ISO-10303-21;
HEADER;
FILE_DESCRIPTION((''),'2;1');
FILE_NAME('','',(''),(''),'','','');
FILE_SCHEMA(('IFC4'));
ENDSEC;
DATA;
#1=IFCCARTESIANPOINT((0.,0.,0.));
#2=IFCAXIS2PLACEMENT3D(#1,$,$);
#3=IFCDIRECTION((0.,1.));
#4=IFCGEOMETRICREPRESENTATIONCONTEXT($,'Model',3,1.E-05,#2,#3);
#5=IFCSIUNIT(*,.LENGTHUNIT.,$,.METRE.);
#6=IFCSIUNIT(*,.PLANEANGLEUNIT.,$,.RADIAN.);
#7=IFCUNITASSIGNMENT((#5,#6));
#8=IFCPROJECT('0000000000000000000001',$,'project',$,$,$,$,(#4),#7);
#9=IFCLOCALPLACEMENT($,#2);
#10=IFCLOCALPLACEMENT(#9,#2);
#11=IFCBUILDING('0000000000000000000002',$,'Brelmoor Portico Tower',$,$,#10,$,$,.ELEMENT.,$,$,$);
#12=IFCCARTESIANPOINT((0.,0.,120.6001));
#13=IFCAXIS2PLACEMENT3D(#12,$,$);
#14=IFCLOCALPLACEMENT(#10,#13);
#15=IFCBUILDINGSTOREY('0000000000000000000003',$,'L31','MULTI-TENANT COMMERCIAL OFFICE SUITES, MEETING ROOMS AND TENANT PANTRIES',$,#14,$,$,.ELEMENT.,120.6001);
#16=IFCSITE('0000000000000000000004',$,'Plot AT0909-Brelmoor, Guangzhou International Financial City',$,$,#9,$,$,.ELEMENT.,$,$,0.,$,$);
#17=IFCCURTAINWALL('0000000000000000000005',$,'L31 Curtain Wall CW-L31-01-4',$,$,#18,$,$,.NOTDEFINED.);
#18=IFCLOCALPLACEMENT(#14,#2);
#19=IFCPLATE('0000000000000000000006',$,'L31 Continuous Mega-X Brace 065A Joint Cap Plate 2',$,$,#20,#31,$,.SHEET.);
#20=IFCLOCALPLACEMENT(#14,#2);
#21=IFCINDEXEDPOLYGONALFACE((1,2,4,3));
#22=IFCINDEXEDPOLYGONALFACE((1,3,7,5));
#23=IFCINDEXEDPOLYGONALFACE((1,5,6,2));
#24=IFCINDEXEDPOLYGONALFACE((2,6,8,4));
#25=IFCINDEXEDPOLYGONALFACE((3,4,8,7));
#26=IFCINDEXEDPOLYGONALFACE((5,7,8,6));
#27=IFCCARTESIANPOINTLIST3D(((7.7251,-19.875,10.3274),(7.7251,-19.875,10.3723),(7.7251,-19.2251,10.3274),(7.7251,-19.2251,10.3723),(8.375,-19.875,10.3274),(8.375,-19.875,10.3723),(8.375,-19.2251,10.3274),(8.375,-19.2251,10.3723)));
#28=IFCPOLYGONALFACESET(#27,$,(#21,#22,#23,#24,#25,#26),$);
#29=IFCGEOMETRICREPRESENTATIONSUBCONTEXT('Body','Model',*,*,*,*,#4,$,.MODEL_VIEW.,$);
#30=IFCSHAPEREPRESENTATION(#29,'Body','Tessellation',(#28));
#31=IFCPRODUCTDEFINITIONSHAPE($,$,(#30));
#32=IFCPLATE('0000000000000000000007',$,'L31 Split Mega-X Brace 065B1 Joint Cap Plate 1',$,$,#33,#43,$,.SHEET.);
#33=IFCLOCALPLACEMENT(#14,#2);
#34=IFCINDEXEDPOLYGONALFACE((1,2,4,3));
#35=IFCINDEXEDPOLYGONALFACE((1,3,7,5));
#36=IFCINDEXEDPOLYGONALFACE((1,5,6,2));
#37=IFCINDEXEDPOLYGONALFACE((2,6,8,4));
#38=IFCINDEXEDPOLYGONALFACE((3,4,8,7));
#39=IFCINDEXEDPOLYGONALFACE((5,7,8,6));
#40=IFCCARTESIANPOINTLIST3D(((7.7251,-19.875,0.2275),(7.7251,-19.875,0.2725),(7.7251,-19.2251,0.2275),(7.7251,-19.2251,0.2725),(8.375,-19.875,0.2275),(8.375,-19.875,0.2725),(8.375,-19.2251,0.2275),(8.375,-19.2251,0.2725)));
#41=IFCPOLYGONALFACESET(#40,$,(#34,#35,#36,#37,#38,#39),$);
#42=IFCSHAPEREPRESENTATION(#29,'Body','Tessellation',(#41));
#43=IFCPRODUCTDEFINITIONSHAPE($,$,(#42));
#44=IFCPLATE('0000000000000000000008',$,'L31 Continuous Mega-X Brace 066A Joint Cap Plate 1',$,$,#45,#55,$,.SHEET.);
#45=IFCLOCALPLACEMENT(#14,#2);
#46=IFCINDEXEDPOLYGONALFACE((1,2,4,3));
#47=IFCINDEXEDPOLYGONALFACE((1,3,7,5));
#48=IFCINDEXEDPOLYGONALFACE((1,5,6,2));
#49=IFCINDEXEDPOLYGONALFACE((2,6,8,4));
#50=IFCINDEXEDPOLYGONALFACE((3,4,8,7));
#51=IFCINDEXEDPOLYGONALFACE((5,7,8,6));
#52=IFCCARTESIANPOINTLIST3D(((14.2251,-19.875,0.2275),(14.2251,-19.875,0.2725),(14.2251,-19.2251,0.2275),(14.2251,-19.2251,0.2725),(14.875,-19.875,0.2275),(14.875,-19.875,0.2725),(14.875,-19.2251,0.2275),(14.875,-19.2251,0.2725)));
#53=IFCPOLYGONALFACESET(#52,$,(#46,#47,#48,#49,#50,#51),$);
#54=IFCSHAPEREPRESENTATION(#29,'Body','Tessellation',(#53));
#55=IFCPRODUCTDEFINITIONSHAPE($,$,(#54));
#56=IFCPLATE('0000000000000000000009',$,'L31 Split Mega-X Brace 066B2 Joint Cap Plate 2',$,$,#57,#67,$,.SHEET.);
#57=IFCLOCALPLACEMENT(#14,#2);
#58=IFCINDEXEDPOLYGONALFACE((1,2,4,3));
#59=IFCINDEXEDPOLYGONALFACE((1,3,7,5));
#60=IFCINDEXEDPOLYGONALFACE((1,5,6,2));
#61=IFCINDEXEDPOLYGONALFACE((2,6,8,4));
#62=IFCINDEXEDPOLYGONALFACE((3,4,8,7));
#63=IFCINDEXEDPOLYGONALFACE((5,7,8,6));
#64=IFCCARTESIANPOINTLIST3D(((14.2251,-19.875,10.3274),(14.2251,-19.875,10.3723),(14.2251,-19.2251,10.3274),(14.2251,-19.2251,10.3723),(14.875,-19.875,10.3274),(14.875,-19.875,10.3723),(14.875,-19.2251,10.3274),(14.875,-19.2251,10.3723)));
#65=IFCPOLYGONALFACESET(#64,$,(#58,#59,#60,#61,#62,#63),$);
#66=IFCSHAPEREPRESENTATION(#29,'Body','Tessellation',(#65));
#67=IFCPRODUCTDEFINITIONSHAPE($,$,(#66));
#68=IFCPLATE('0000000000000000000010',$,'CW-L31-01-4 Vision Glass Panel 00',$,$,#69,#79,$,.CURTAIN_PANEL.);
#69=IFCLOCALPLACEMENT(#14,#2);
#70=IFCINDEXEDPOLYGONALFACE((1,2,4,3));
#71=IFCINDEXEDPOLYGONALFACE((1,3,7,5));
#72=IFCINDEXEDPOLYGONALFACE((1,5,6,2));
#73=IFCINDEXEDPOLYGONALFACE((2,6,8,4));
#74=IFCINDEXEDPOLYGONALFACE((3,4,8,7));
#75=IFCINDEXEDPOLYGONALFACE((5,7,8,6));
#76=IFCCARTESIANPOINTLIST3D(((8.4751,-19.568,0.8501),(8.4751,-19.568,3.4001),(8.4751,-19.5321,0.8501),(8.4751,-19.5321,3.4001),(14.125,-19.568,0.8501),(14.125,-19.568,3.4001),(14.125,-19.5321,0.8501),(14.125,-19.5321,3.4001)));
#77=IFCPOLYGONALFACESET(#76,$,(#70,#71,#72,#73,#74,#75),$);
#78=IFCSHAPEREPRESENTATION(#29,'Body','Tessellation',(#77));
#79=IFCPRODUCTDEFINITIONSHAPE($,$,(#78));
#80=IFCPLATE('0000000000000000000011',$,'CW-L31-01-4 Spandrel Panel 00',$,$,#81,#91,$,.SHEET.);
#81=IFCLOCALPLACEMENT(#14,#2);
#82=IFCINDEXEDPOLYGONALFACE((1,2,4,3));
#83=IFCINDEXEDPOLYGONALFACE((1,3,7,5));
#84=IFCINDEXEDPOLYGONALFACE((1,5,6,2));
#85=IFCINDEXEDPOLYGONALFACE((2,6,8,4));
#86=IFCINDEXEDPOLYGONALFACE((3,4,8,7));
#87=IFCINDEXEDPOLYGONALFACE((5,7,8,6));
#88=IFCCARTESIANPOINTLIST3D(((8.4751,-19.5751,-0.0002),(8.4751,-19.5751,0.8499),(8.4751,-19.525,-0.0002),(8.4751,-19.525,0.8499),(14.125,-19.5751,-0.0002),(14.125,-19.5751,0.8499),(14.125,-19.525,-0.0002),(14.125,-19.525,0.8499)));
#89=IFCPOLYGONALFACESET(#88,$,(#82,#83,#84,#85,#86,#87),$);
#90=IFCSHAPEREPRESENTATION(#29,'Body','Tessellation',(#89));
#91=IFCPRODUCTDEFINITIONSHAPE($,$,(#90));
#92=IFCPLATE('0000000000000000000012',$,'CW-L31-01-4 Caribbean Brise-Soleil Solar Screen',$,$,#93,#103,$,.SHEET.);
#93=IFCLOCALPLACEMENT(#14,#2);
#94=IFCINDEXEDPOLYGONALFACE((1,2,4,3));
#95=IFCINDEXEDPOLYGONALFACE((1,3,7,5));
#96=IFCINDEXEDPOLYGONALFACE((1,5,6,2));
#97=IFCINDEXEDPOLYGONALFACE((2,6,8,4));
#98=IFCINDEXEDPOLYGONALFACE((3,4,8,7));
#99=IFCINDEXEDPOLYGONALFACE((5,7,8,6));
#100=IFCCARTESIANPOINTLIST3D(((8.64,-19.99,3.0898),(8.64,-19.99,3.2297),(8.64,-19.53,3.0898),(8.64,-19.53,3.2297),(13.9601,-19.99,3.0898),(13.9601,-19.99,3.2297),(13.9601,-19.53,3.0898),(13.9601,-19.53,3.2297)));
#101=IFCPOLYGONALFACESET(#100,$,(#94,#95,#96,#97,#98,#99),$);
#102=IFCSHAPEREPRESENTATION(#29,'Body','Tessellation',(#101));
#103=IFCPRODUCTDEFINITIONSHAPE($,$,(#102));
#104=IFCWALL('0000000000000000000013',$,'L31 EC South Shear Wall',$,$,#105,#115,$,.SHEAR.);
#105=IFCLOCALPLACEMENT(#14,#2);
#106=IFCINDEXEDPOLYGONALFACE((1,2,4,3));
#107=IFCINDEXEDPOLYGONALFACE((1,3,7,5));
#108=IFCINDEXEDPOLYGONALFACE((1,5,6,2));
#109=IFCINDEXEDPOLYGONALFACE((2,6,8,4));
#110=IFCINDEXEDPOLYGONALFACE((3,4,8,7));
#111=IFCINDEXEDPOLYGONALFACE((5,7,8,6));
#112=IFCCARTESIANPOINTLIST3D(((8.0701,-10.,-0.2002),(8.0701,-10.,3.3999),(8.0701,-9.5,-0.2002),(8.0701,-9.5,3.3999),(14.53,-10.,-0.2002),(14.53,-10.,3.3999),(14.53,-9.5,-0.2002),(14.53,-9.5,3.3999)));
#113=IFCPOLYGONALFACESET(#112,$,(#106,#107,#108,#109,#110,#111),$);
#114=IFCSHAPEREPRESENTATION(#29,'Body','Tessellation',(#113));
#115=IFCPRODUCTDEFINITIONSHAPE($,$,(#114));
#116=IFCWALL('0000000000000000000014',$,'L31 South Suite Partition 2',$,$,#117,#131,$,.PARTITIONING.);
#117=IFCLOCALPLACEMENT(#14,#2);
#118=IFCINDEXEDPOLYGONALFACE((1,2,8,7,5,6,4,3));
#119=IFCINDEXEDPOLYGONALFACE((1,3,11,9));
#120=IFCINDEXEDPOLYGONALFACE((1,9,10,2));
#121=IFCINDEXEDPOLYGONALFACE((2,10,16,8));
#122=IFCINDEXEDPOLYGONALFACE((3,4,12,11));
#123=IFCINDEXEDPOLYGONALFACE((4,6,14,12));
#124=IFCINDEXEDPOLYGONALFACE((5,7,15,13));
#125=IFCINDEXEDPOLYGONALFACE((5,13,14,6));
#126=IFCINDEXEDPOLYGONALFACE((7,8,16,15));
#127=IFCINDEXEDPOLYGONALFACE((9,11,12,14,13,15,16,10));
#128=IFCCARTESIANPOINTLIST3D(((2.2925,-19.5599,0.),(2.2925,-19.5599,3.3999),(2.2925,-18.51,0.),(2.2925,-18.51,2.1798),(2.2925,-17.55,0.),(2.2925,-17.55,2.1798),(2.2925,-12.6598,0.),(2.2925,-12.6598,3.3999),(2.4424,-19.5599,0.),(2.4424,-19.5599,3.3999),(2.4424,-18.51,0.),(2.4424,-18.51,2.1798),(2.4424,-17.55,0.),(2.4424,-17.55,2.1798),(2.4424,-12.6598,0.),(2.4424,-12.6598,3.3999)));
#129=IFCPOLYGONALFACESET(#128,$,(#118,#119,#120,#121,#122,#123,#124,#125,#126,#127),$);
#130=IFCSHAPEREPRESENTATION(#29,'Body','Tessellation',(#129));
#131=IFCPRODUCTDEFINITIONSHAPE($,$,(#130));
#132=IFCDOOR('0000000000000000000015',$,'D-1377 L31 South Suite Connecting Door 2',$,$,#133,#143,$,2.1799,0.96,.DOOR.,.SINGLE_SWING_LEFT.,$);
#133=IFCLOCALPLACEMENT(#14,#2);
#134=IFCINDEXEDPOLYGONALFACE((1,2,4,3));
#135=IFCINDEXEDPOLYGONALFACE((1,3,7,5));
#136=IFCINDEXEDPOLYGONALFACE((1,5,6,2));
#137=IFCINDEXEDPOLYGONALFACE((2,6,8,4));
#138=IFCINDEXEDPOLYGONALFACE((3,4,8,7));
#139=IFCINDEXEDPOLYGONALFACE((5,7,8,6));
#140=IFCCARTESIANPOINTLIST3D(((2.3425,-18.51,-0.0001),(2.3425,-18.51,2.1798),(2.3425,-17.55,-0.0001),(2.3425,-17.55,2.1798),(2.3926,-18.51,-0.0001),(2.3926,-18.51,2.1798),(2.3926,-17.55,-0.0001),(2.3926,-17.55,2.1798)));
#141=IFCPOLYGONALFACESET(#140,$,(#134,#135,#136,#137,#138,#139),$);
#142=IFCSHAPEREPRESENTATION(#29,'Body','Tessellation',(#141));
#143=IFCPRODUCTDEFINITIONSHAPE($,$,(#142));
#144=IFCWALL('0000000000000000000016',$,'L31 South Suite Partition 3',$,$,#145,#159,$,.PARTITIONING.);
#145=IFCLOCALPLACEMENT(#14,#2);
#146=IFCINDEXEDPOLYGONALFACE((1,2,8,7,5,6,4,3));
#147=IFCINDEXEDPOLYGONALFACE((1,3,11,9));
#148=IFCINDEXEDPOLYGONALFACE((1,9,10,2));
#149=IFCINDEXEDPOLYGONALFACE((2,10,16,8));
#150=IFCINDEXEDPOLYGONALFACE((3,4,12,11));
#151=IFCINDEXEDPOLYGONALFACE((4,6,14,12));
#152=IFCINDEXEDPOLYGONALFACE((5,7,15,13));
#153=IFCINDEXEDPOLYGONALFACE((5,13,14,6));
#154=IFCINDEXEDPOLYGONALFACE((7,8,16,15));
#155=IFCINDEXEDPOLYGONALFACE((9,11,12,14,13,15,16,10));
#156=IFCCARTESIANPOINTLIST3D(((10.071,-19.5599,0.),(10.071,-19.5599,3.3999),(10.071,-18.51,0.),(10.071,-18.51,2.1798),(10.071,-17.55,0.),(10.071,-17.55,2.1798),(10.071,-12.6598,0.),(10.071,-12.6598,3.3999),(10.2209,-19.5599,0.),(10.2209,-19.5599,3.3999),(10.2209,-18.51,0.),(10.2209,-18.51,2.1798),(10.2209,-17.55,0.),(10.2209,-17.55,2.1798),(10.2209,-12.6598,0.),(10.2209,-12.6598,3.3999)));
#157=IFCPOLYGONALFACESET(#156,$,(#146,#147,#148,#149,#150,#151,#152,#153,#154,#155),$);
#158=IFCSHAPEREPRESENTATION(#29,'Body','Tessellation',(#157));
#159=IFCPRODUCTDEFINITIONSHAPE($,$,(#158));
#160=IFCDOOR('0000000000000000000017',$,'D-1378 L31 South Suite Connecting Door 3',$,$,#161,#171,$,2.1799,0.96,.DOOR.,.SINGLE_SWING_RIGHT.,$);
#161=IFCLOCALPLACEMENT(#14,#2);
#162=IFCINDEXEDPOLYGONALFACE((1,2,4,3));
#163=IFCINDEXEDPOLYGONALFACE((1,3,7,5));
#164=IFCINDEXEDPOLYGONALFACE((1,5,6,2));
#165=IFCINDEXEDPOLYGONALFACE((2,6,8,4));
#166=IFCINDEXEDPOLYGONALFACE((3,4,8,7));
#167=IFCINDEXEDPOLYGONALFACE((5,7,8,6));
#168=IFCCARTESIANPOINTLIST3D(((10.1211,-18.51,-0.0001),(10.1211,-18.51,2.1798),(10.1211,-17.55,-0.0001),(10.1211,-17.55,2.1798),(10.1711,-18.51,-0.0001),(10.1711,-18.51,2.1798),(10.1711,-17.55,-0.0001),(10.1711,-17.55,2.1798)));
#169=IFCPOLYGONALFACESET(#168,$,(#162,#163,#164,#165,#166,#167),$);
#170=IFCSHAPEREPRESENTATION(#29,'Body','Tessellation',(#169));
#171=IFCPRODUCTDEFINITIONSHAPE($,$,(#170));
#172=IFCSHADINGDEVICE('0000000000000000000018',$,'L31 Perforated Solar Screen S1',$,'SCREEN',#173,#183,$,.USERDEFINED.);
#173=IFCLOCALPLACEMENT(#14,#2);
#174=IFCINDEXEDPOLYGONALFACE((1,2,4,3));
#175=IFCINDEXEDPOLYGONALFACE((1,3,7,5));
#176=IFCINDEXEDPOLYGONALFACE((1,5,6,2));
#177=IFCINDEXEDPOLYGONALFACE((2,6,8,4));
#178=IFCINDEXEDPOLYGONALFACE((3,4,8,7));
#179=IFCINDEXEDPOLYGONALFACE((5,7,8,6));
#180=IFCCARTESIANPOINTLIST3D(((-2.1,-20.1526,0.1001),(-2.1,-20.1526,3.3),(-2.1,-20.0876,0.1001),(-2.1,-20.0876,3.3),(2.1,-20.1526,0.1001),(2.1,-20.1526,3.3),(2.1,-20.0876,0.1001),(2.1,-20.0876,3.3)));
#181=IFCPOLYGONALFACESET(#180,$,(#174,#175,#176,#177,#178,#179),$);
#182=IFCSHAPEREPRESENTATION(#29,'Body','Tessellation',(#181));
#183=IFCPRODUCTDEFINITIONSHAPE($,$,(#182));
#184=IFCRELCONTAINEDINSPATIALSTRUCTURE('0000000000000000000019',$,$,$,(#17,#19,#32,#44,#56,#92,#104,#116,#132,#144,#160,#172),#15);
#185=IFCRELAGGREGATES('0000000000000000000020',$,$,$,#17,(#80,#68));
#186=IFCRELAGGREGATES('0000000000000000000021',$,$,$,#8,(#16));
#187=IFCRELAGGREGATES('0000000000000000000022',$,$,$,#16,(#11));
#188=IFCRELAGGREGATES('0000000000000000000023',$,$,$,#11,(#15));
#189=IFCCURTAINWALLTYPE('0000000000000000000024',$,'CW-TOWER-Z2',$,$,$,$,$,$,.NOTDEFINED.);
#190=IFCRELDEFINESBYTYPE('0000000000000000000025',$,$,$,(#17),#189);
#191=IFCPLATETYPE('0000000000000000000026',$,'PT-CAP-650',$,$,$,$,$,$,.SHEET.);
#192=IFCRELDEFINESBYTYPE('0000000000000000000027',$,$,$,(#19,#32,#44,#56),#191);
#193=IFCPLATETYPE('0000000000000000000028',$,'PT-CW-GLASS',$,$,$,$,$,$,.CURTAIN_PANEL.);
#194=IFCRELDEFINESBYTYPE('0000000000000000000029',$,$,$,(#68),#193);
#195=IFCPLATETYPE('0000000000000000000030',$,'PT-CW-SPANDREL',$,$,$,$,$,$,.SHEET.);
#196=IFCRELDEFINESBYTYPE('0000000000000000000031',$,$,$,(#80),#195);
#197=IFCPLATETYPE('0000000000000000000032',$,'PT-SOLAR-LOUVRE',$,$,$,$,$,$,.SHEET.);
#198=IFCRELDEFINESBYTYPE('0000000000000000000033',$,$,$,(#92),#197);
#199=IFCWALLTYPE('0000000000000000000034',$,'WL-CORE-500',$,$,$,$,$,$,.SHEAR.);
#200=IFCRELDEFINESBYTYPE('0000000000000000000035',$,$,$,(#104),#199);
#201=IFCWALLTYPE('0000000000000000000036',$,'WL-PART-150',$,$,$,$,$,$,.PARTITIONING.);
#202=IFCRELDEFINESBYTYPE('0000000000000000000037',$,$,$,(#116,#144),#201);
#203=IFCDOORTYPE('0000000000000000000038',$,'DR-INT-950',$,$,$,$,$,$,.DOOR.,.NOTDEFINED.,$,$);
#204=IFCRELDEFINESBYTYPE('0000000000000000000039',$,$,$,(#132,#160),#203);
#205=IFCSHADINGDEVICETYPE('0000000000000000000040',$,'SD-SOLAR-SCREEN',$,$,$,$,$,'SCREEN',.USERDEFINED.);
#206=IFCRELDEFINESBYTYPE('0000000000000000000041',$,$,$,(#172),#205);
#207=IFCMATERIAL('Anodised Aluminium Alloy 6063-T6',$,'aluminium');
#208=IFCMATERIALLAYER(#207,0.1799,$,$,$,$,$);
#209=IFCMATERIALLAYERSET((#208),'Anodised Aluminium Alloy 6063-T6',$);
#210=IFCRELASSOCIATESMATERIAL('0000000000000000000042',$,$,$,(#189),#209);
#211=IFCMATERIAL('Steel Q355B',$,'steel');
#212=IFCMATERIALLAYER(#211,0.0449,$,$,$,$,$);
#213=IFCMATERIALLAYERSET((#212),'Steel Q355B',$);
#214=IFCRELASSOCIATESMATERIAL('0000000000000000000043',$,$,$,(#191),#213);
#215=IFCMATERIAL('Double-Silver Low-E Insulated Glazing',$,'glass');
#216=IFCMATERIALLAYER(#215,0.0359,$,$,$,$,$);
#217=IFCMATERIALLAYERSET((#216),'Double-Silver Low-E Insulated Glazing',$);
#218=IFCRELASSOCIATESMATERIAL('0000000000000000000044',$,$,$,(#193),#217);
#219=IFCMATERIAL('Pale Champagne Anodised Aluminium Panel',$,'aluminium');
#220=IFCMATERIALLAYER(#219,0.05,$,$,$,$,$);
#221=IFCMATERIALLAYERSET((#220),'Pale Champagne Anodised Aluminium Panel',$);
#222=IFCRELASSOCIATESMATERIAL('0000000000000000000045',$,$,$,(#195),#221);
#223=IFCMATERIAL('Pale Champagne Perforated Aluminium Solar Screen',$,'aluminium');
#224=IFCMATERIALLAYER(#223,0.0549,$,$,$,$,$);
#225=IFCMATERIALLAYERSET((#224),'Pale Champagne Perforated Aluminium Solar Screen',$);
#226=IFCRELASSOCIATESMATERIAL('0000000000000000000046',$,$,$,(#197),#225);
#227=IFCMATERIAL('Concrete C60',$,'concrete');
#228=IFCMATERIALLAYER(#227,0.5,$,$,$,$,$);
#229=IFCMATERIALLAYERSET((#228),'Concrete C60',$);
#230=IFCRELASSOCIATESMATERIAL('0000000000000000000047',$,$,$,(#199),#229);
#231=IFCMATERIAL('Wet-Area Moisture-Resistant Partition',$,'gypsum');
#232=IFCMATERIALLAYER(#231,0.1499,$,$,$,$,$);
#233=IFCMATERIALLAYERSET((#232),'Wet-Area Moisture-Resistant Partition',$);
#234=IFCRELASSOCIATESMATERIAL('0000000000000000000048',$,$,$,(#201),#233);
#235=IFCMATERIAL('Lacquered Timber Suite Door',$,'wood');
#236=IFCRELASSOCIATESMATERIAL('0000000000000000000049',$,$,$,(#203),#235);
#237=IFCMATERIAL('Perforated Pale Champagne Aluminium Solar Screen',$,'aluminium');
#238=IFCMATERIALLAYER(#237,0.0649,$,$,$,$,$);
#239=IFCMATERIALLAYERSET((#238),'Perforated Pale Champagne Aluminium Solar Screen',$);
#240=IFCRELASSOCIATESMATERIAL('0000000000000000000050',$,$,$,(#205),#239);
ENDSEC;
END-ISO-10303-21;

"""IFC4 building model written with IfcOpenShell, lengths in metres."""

from ifc_helpers import new_model, si_unit, direction, frame, frame_2d, origin, origin_2d, place, context, subcontext, project, spatial, rectangle, extrude, material, layer, layer_set, type_object, element, fill, aggregate, save


model = new_model("IFC4")

# Units and contexts
model_context = context("Model", 3, precision=1e-05, world=origin(), true_north=direction((0.0, 1.0)))
body_context = subcontext(model_context, "Body", "Model", "MODEL_VIEW")
ifc_project = project(units=[si_unit("LENGTHUNIT", "METRE"), si_unit("PLANEANGLEUNIT", "RADIAN")], contexts=[model_context])

# Site, building, storey
site_placement = place(None, origin())
site = spatial("IfcSite", under=ifc_project, at=site_placement, Name="Plot AT0909-Brelmoor, Guangzhou International Financial City", CompositionType="ELEMENT", RefElevation=0.0)
building_placement = place(site_placement, origin())
building = spatial("IfcBuilding", under=site, at=building_placement, Name="Brelmoor Portico Tower", CompositionType="ELEMENT")
storey_placement = place(building_placement, frame((0.0, 0.0, 120.6001)))
storey = spatial("IfcBuildingStorey", under=building, at=storey_placement, Name="L31", Description="MULTI-TENANT COMMERCIAL OFFICE SUITES, MEETING ROOMS AND TENANT PANTRIES", CompositionType="ELEMENT", Elevation=120.6001)

# Shared definitions
ifc_material_1 = material(Name="Steel Q355B", Category="steel")

# Shared definitions
ifc_material_2 = material(Name="Anodised Aluminium Alloy 6063-T6", Category="aluminium")

# Curtain wall
ifc_layer_1 = layer(ifc_material_2, 0.1799)
ifc_layer_set_1 = layer_set([ifc_layer_1], Name="Anodised Aluminium Alloy 6063-T6")
curtain_wall_type_1 = type_object("IfcCurtainWallType", Name="CW-TOWER-Z2", PredefinedType="NOTDEFINED", material=ifc_layer_set_1)
curtain_wall_1_placement = place(storey_placement, origin())
curtain_wall_1 = element("IfcCurtainWall", 1, at=curtain_wall_1_placement, inside=storey, type_object=curtain_wall_type_1, Name="L31 Curtain Wall CW-L31-01-4", PredefinedType="NOTDEFINED")

# Plates
ifc_layer_2 = layer(ifc_material_1, 0.0449)
ifc_layer_set_2 = layer_set([ifc_layer_2], Name="Steel Q355B")
plate_type_1 = type_object("IfcPlateType", Name="PT-CAP-650", PredefinedType="SHEET", material=ifc_layer_set_2)
for number, where, z_axis, x_axis, name in (
    (2, (8.05, -19.55, 10.3274), (0.0, 0.0, 1.0), (1.0, 0.0, 0.0), "L31 Continuous Mega-X Brace 065A Joint Cap Plate 2"),
    (3, (8.05, -19.55, 0.2275), (0.0, 0.0, 1.0), (1.0, 0.0, 0.0), "L31 Split Mega-X Brace 065B1 Joint Cap Plate 1"),
    (4, (14.55, -19.55, 0.2275), (0.0, 0.0, 1.0), (1.0, 0.0, 0.0), "L31 Continuous Mega-X Brace 066A Joint Cap Plate 1"),
    (5, (14.55, -19.55, 10.3274), (0.0, 0.0, 1.0), (1.0, 0.0, 0.0), "L31 Split Mega-X Brace 066B2 Joint Cap Plate 2"),
):
    element("IfcPlate", number, at=place(storey_placement, frame(where, z_axis=z_axis, x_axis=x_axis)), inside=storey, type_object=plate_type_1, Name=name, PredefinedType="SHEET", context=body_context, shape_type="SweptSolid", body=[
        extrude(rectangle(XDim=0.6499, YDim=0.6499, at=origin_2d()), origin(), (0.0, 0.0, 1.0), 0.0449),
    ])

# Plates
ifc_material_3 = material(Name="Double-Silver Low-E Insulated Glazing", Category="glass")
ifc_layer_3 = layer(ifc_material_3, 0.0359)
ifc_layer_set_3 = layer_set([ifc_layer_3], Name="Double-Silver Low-E Insulated Glazing")
plate_type_2 = type_object("IfcPlateType", Name="PT-CW-GLASS", PredefinedType="CURTAIN_PANEL", material=ifc_layer_set_3)
plate_1_placement = place(storey_placement, frame((11.3, -19.55, 0.8501), z_axis=(0.0, 0.0, 1.0), x_axis=(1.0, 0.0, 0.0)))
plate_1 = element("IfcPlate", 6, at=plate_1_placement, type_object=plate_type_2, Name="CW-L31-01-4 Vision Glass Panel 00", PredefinedType="CURTAIN_PANEL", context=body_context, shape_type="SweptSolid", body=[
    extrude(rectangle(XDim=5.6499, YDim=0.0359, at=origin_2d()), origin(), (0.0, 0.0, 1.0), 2.55),
])
ifc_material_4 = material(Name="Pale Champagne Anodised Aluminium Panel", Category="aluminium")
ifc_layer_4 = layer(ifc_material_4, 0.05)
ifc_layer_set_4 = layer_set([ifc_layer_4], Name="Pale Champagne Anodised Aluminium Panel")
plate_type_3 = type_object("IfcPlateType", Name="PT-CW-SPANDREL", PredefinedType="SHEET", material=ifc_layer_set_4)
plate_2_placement = place(storey_placement, frame((11.3, -19.55, -0.0002), z_axis=(0.0, 0.0, 1.0), x_axis=(1.0, 0.0, 0.0)))
plate_2 = element("IfcPlate", 7, at=plate_2_placement, type_object=plate_type_3, Name="CW-L31-01-4 Spandrel Panel 00", PredefinedType="SHEET", context=body_context, shape_type="SweptSolid", body=[
    extrude(rectangle(XDim=5.6499, YDim=0.05, at=origin_2d()), origin(), (0.0, 0.0, 1.0), 0.8501),
])
aggregate(curtain_wall_1, [plate_2, plate_1])
ifc_material_5 = material(Name="Pale Champagne Perforated Aluminium Solar Screen", Category="aluminium")
ifc_layer_5 = layer(ifc_material_5, 0.0549)
ifc_layer_set_5 = layer_set([ifc_layer_5], Name="Pale Champagne Perforated Aluminium Solar Screen")
plate_type_4 = type_object("IfcPlateType", Name="PT-SOLAR-LOUVRE", PredefinedType="SHEET", material=ifc_layer_set_5)
plate_3_placement = place(storey_placement, frame((11.3, -19.76, 3.0898), z_axis=(0.0, 0.0, 1.0), x_axis=(1.0, 0.0, 0.0)))
element("IfcPlate", 8, at=plate_3_placement, inside=storey, type_object=plate_type_4, Name="CW-L31-01-4 Caribbean Brise-Soleil Solar Screen", PredefinedType="SHEET", context=body_context, shape_type="SweptSolid", body=[
    extrude(rectangle(XDim=5.3201, YDim=0.46, at=origin_2d()), origin(), (0.0, 0.0, 1.0), 0.1399),
])

# Wall
ifc_material_6 = material(Name="Concrete C60", Category="concrete")
ifc_layer_6 = layer(ifc_material_6, 0.5)
ifc_layer_set_6 = layer_set([ifc_layer_6], Name="Concrete C60")
wall_type_1 = type_object("IfcWallType", Name="WL-CORE-500", PredefinedType="SHEAR", material=ifc_layer_set_6)
wall_1_placement = place(storey_placement, frame((8.0701, -9.75, -0.2002), z_axis=(0.0, 0.0, 1.0), x_axis=(1.0, 0.0, 0.0)))
element("IfcWall", 9, at=wall_1_placement, inside=storey, type_object=wall_type_1, Name="L31 EC South Shear Wall", PredefinedType="SHEAR", context=body_context, shape_type="SweptSolid", body=[
    extrude(rectangle(XDim=6.46, YDim=0.5, at=frame_2d((3.23, 0.0))), origin(), (0.0, 0.0, 1.0), 3.6001),
])

# Walls, openings, doors
ifc_material_7 = material(Name="Wet-Area Moisture-Resistant Partition", Category="gypsum")
ifc_layer_7 = layer(ifc_material_7, 0.1499)
ifc_layer_set_7 = layer_set([ifc_layer_7], Name="Wet-Area Moisture-Resistant Partition")
wall_type_2 = type_object("IfcWallType", Name="WL-PART-150", PredefinedType="PARTITIONING", material=ifc_layer_set_7)
wall_2_placement = place(storey_placement, frame((2.3674, -19.5601, 0.0), z_axis=(0.0, 0.0, 1.0), x_axis=(0.0, 1.0, 0.0)))
wall_2 = element("IfcWall", 10, at=wall_2_placement, inside=storey, type_object=wall_type_2, Name="L31 South Suite Partition 2", PredefinedType="PARTITIONING", context=body_context, shape_type="SweptSolid", body=[
    extrude(rectangle(XDim=6.9001, YDim=0.1499, at=frame_2d((3.4502, 0.0))), origin(), (0.0, 0.0, 1.0), 3.3999),
])
opening_1_placement = place(wall_2_placement, frame((1.05, 0.0, 0.0)))
opening_1 = element("IfcOpeningElement", 11, at=opening_1_placement, cuts=wall_2, PredefinedType="OPENING", context=body_context, shape_type="SweptSolid", body=[
    extrude(rectangle(XDim=0.96, YDim=2.1799, at=frame_2d((0.48, 1.0898))), frame((0.0, 0.085, 0.0), z_axis=(0.0, -1.0, 0.0), x_axis=(1.0, 0.0, 0.0)), (0.0, 0.0, 1.0), 0.1699),
])
ifc_material_8 = material(Name="Lacquered Timber Suite Door", Category="wood")
door_type = type_object("IfcDoorType", Name="DR-INT-950", OperationType="NOTDEFINED", PredefinedType="DOOR", material=ifc_material_8)
door_1_placement = place(opening_1_placement, origin())
door_1 = element("IfcDoor", 12, at=door_1_placement, inside=storey, type_object=door_type, Name="D-1377 L31 South Suite Connecting Door 2", OperationType="SINGLE_SWING_LEFT", OverallHeight=2.1799, OverallWidth=0.96, PredefinedType="DOOR", context=body_context, shape_type="SweptSolid", body=[
    extrude(rectangle(XDim=0.96, YDim=2.1799, at=frame_2d((0.48, 1.0898))), frame((0.0, 0.0249, 0.0), z_axis=(0.0, -1.0, 0.0), x_axis=(1.0, 0.0, 0.0)), (0.0, 0.0, 1.0), 0.05),
])
fill(opening_1, door_1)
wall_3_placement = place(storey_placement, frame((10.146, -19.5601, 0.0), z_axis=(0.0, 0.0, 1.0), x_axis=(0.0, 1.0, 0.0)))
wall_3 = element("IfcWall", 13, at=wall_3_placement, inside=storey, type_object=wall_type_2, Name="L31 South Suite Partition 3", PredefinedType="PARTITIONING", context=body_context, shape_type="SweptSolid", body=[
    extrude(rectangle(XDim=6.9001, YDim=0.1499, at=frame_2d((3.4502, 0.0))), origin(), (0.0, 0.0, 1.0), 3.3999),
])
opening_2_placement = place(wall_3_placement, frame((1.05, 0.0, 0.0)))
opening_2 = element("IfcOpeningElement", 14, at=opening_2_placement, cuts=wall_3, PredefinedType="OPENING", context=body_context, shape_type="SweptSolid", body=[
    extrude(rectangle(XDim=0.96, YDim=2.1799, at=frame_2d((0.48, 1.0898))), frame((0.0, 0.085, 0.0), z_axis=(0.0, -1.0, 0.0), x_axis=(1.0, 0.0, 0.0)), (0.0, 0.0, 1.0), 0.1699),
])
door_2_placement = place(opening_2_placement, origin())
door_2 = element("IfcDoor", 15, at=door_2_placement, inside=storey, type_object=door_type, Name="D-1378 L31 South Suite Connecting Door 3", OperationType="SINGLE_SWING_RIGHT", OverallHeight=2.1799, OverallWidth=0.96, PredefinedType="DOOR", context=body_context, shape_type="SweptSolid", body=[
    extrude(rectangle(XDim=0.96, YDim=2.1799, at=frame_2d((0.48, 1.0898))), frame((0.0, 0.0249, 0.0), z_axis=(0.0, -1.0, 0.0), x_axis=(1.0, 0.0, 0.0)), (0.0, 0.0, 1.0), 0.05),
])
fill(opening_2, door_2)

# Shading device
ifc_material_9 = material(Name="Perforated Pale Champagne Aluminium Solar Screen", Category="aluminium")
ifc_layer_8 = layer(ifc_material_9, 0.0649)
ifc_layer_set_8 = layer_set([ifc_layer_8], Name="Perforated Pale Champagne Aluminium Solar Screen")
shading_device_type = type_object("IfcShadingDeviceType", Name="SD-SOLAR-SCREEN", ElementType="SCREEN", PredefinedType="USERDEFINED", material=ifc_layer_set_8)
shading_device_placement = place(storey_placement, frame((0.0, -20.1201, 0.1001), z_axis=(0.0, 0.0, 1.0), x_axis=(1.0, 0.0, 0.0)))
element("IfcShadingDevice", 16, at=shading_device_placement, inside=storey, type_object=shading_device_type, Name="L31 Perforated Solar Screen S1", ObjectType="SCREEN", PredefinedType="USERDEFINED", context=body_context, shape_type="SweptSolid", body=[
    extrude(rectangle(XDim=4.2, YDim=0.0649, at=origin_2d()), origin(), (0.0, 0.0, 1.0), 3.2),
])

save(model, "model.ifc")
